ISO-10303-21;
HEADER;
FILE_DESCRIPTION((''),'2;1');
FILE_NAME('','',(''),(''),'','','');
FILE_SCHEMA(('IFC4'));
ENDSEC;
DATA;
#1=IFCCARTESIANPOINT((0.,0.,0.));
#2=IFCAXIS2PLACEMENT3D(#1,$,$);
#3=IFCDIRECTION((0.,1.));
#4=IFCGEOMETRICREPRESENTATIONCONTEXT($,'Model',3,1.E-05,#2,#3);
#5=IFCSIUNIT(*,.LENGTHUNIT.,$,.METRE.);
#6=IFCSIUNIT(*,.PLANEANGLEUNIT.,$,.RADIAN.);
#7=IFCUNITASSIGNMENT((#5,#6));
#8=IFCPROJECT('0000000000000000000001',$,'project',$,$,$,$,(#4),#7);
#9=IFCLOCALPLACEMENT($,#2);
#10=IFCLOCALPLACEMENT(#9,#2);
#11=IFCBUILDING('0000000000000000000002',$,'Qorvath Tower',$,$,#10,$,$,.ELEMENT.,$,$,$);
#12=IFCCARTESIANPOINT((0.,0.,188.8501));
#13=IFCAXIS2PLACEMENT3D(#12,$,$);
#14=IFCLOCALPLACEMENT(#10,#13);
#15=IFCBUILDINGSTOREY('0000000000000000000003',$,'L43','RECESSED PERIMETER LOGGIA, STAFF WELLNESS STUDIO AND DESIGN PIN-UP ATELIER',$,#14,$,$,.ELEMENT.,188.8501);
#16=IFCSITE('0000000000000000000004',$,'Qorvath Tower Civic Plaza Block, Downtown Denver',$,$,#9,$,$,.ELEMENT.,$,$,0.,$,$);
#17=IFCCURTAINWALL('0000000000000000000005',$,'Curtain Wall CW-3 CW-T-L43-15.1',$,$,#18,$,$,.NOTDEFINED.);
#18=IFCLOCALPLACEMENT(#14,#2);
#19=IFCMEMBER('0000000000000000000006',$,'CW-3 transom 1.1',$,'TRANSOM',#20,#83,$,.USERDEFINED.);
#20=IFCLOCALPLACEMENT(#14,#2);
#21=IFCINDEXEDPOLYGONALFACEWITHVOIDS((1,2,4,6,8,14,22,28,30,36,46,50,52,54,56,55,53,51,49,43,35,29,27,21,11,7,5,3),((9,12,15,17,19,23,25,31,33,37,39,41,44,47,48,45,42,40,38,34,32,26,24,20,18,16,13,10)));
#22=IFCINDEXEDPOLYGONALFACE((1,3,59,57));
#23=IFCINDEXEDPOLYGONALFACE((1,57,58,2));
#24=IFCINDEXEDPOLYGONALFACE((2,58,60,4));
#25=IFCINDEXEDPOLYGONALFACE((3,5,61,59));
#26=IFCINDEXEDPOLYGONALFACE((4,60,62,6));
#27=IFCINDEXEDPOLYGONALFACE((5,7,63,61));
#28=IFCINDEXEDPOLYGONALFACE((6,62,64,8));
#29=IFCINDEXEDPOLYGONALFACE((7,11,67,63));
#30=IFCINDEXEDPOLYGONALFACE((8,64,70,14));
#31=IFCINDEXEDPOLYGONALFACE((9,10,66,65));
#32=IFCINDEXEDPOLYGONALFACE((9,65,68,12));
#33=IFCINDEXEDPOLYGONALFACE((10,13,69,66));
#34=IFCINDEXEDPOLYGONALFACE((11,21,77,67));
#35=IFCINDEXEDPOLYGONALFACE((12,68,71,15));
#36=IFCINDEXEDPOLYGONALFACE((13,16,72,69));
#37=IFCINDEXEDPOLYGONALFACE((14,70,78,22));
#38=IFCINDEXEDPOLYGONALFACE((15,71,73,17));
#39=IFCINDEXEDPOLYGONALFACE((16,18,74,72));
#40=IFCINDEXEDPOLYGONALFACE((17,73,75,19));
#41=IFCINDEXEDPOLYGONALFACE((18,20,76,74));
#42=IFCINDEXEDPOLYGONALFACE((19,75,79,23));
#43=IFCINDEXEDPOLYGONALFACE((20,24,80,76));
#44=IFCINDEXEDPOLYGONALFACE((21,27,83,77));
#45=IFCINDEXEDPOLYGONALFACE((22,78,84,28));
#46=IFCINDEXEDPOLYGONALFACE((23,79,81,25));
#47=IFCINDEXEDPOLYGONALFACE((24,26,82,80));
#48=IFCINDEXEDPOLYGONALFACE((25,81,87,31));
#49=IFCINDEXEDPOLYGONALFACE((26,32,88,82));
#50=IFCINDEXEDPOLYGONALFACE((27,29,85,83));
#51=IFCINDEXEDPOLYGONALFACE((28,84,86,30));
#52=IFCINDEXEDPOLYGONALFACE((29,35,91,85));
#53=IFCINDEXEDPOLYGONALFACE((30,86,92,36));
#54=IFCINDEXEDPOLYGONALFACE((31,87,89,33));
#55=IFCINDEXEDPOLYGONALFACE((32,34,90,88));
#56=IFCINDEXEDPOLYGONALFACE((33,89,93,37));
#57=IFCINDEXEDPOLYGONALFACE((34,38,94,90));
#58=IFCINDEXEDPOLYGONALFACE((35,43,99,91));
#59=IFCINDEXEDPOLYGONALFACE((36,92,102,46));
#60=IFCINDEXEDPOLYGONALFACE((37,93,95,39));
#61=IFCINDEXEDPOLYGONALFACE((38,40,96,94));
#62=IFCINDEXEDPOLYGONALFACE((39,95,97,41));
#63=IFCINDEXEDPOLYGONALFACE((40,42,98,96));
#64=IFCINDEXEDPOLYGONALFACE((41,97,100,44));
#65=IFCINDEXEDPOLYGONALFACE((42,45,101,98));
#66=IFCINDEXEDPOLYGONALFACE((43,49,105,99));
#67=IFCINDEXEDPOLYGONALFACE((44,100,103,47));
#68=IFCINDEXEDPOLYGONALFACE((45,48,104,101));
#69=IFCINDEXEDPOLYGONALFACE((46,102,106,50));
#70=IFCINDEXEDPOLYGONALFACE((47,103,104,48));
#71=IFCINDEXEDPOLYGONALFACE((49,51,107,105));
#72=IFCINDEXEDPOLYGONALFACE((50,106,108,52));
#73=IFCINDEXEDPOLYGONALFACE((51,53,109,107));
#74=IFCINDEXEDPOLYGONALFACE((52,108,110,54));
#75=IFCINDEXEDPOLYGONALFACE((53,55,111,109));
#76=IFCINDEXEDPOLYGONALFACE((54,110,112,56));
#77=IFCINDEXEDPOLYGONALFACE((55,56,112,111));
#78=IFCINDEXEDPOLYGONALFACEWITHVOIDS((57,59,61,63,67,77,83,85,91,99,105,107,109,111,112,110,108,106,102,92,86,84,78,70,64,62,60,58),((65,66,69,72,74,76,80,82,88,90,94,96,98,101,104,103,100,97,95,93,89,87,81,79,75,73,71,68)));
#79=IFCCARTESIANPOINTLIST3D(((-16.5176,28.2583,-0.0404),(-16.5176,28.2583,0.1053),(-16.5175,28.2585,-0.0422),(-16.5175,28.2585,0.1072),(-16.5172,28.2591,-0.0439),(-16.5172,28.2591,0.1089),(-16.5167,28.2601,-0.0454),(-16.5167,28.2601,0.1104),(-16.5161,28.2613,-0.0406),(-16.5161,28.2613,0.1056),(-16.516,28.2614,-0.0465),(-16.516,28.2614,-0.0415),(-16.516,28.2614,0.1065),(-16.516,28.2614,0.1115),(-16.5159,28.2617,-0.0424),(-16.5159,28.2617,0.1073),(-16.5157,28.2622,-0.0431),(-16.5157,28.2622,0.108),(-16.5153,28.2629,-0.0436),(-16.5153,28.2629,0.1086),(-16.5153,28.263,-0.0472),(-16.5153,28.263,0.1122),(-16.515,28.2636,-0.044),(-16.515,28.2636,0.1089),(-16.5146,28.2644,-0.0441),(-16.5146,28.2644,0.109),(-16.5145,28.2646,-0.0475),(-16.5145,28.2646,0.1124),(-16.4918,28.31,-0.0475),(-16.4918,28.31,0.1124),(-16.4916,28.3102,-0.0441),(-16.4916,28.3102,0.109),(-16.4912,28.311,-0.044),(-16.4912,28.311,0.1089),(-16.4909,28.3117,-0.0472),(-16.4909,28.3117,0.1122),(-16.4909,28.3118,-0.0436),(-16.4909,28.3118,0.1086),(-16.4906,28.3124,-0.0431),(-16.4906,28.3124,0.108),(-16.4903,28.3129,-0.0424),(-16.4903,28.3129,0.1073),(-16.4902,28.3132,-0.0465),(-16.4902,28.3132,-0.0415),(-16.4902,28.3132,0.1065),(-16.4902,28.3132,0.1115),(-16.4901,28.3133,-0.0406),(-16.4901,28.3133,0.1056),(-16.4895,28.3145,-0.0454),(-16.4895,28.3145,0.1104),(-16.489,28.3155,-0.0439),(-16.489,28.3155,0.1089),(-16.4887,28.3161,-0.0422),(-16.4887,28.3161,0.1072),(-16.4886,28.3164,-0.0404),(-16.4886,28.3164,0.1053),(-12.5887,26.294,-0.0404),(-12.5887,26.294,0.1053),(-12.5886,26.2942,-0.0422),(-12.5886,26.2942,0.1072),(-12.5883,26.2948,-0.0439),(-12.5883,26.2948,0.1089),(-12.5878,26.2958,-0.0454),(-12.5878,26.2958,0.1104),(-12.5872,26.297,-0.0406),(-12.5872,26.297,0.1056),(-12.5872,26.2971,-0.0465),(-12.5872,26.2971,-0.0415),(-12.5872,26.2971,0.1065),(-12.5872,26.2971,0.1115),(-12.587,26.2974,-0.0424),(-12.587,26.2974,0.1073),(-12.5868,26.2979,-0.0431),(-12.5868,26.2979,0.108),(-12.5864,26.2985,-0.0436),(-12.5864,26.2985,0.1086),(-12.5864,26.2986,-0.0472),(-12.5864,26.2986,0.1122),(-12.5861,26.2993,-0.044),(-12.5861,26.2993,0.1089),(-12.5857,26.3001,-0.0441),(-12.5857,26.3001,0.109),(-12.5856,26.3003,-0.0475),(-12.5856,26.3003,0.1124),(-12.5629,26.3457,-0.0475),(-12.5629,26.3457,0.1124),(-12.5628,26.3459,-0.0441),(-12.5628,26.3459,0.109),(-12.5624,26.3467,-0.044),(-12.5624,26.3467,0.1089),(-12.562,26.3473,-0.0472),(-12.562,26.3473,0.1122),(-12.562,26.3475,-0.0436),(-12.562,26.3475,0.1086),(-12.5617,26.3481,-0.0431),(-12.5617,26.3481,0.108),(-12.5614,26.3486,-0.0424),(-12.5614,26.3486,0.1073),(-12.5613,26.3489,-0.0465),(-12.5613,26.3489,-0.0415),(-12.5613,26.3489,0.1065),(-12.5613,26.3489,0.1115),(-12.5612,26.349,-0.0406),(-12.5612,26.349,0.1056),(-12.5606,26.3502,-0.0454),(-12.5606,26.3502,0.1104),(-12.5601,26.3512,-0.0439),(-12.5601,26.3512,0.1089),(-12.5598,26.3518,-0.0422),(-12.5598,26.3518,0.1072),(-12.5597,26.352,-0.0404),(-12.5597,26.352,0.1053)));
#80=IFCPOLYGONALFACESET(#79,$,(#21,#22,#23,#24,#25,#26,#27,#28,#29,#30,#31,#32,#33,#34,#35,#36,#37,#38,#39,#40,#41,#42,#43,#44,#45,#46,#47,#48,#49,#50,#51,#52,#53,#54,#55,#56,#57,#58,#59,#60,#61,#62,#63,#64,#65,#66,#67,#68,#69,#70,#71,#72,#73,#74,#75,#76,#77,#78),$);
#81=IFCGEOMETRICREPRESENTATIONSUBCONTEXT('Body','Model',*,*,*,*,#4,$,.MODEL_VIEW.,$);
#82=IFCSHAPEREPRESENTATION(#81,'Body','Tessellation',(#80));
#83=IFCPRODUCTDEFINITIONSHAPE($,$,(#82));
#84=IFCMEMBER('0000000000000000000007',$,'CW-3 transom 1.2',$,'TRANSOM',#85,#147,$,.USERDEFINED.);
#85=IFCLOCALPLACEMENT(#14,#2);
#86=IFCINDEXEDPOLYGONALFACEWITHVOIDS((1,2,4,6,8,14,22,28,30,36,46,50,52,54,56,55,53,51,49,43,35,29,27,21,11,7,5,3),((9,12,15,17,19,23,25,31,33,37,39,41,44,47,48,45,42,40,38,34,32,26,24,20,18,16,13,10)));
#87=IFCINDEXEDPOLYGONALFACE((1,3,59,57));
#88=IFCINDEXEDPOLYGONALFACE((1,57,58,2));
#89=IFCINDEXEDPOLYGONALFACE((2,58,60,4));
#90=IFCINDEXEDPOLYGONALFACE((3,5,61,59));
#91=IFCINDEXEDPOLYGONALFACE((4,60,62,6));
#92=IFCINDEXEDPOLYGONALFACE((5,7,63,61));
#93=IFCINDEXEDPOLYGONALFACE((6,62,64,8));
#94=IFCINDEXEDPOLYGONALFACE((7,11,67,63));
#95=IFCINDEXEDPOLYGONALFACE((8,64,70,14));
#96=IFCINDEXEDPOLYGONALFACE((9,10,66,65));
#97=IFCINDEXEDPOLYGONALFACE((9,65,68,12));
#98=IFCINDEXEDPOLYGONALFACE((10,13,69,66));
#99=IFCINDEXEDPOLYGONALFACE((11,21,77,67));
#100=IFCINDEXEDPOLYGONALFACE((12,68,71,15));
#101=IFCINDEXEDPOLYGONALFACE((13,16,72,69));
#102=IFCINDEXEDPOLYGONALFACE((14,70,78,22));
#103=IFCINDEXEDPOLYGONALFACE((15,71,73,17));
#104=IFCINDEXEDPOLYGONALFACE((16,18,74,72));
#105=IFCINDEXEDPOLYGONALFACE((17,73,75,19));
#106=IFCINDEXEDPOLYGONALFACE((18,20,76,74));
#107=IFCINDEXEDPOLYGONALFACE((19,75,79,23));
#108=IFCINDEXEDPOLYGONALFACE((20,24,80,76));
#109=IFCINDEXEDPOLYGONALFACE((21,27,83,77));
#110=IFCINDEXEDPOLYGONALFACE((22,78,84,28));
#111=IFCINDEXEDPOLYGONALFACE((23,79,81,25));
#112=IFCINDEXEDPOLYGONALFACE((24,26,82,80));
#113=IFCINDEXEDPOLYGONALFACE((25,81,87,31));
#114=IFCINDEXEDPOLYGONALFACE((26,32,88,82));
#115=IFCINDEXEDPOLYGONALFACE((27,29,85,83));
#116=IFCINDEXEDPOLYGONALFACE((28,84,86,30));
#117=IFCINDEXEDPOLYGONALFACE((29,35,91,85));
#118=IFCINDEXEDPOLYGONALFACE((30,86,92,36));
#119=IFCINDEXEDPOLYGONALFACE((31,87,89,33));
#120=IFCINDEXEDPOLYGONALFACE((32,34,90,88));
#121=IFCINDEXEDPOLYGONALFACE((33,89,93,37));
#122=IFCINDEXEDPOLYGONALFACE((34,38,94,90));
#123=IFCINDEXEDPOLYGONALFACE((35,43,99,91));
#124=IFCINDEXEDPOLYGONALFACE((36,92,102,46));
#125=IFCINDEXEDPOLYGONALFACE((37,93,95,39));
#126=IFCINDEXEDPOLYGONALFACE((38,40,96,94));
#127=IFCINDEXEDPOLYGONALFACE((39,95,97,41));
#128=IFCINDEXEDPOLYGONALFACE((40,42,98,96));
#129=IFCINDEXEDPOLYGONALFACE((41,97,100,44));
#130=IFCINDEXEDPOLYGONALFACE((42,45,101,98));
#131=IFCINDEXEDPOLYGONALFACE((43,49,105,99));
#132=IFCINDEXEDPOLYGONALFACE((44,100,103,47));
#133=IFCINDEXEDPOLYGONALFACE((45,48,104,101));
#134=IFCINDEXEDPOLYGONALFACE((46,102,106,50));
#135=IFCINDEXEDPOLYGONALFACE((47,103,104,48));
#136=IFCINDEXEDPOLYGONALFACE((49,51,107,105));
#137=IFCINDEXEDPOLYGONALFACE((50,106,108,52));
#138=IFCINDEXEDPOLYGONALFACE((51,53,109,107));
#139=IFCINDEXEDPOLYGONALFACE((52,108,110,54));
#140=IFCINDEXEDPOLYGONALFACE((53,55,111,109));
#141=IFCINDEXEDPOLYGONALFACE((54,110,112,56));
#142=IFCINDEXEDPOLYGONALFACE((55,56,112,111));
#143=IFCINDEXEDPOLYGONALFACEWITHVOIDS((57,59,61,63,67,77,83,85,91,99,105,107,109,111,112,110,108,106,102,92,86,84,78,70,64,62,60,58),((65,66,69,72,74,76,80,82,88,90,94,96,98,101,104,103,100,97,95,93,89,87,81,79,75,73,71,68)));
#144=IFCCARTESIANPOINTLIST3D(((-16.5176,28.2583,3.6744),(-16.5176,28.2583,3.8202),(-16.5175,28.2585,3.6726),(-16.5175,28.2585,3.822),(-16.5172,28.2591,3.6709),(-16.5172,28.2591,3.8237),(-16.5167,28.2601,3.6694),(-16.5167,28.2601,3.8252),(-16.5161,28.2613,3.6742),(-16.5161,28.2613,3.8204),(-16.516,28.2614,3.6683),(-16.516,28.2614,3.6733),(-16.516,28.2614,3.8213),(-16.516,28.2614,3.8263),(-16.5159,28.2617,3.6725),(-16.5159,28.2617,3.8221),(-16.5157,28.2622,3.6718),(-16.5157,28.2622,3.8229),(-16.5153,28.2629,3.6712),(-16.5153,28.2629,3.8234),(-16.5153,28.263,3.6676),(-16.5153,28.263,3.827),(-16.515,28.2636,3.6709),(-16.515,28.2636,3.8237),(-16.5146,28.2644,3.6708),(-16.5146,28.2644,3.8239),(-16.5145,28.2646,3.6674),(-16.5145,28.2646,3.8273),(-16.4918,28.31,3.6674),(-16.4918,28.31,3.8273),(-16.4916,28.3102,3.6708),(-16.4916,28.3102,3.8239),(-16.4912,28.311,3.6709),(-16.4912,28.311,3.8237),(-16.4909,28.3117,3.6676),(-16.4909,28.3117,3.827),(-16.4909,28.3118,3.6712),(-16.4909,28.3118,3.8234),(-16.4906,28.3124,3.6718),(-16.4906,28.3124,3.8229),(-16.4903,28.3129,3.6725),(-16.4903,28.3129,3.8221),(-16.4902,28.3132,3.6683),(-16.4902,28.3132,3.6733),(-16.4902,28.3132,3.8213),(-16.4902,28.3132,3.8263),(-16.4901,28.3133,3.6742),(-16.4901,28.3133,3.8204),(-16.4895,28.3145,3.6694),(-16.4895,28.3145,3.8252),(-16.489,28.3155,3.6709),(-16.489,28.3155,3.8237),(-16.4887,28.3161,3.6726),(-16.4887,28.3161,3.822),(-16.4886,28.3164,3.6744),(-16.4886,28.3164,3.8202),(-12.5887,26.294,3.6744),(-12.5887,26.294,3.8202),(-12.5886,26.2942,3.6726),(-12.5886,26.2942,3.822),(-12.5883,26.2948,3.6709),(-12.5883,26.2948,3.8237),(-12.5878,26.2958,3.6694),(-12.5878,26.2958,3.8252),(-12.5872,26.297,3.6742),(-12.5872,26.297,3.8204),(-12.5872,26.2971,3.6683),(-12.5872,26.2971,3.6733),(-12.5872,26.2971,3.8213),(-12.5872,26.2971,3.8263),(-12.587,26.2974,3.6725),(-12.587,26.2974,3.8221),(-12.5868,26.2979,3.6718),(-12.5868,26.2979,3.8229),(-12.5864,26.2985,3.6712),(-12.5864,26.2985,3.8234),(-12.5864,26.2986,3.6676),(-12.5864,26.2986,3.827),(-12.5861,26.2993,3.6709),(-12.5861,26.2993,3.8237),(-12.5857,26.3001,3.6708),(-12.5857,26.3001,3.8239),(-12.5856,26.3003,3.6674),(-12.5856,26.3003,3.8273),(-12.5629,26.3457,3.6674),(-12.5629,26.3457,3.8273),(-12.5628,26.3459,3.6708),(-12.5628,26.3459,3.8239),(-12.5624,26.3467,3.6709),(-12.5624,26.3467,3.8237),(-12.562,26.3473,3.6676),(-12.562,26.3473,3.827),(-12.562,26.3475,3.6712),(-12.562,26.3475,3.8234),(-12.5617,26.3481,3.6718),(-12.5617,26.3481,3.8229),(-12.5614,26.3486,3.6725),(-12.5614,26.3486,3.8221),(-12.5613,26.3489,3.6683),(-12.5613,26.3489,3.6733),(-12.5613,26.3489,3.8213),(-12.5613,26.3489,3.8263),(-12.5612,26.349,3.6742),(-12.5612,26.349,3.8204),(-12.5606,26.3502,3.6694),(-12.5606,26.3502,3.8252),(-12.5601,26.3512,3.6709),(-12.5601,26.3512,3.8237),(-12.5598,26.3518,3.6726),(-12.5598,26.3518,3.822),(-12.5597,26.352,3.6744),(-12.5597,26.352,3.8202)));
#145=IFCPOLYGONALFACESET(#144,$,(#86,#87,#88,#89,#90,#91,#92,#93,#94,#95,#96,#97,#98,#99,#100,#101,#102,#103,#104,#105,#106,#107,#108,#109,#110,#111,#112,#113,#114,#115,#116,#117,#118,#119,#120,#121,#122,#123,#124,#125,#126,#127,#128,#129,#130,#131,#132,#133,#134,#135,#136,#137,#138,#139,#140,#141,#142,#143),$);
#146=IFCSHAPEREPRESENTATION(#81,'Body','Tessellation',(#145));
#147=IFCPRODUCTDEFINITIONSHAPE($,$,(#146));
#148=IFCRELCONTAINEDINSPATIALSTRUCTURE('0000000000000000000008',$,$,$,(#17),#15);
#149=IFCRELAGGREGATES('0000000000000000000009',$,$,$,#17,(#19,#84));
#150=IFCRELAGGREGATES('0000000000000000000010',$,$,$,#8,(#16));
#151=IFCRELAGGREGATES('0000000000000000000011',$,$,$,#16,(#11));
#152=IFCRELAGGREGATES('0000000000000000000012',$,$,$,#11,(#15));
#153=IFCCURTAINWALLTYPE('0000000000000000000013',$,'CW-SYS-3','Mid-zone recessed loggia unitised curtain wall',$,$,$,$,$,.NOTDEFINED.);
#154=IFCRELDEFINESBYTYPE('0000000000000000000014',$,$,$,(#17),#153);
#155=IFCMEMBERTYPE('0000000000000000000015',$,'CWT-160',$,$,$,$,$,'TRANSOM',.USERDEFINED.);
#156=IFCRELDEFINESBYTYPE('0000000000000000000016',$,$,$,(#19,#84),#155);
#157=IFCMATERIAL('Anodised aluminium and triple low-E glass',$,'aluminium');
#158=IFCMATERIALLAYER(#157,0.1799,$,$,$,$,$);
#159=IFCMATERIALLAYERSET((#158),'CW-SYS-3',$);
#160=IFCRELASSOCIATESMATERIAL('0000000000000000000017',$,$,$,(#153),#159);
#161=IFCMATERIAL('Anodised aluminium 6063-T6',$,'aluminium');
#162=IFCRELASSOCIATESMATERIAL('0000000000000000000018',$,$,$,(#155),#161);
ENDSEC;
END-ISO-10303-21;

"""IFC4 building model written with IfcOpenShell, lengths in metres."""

from ifc_helpers import new_model, si_unit, direction, frame, origin, origin_2d, place, context, subcontext, project, spatial, hollow_rectangle, extrude, material, layer, layer_set, material_profile, profile_set, type_object, element, aggregate, save


model = new_model("IFC4")

# Units and contexts
model_context = context("Model", 3, precision=1e-05, world=origin(), true_north=direction((0.0, 1.0)))
body_context = subcontext(model_context, "Body", "Model", "MODEL_VIEW")
ifc_project = project(units=[si_unit("LENGTHUNIT", "METRE"), si_unit("PLANEANGLEUNIT", "RADIAN")], contexts=[model_context])

# Site, building, storey
site_placement = place(None, origin())
site = spatial("IfcSite", under=ifc_project, at=site_placement, Name="Qorvath Tower Civic Plaza Block, Downtown Denver", CompositionType="ELEMENT", RefElevation=0.0)
building_placement = place(site_placement, origin())
building = spatial("IfcBuilding", under=site, at=building_placement, Name="Qorvath Tower", CompositionType="ELEMENT")
storey_placement = place(building_placement, frame((0.0, 0.0, 188.8501)))
storey = spatial("IfcBuildingStorey", under=building, at=storey_placement, Name="L43", Description="RECESSED PERIMETER LOGGIA, STAFF WELLNESS STUDIO AND DESIGN PIN-UP ATELIER", CompositionType="ELEMENT", Elevation=188.8501)

# Shared definitions
ifc_material_1 = material(Name="Anodised aluminium and triple low-E glass", Category="aluminium")
ifc_layer_1 = layer(ifc_material_1, 0.1799)
ifc_layer_set_1 = layer_set([ifc_layer_1], Name="CW-SYS-3")
curtain_wall_type = type_object("IfcCurtainWallType", Name="CW-SYS-3", Description="Mid-zone recessed loggia unitised curtain wall", PredefinedType="NOTDEFINED", material=ifc_layer_set_1)

# Curtain wall
curtain_wall_1_placement = place(storey_placement, origin())
curtain_wall_1 = element("IfcCurtainWall", 1, at=curtain_wall_1_placement, inside=storey, type_object=curtain_wall_type, Name="Curtain Wall CW-3 CW-T-L43-15.1", PredefinedType="NOTDEFINED")

# Members
ifc_material_2 = material(Name="Anodised aluminium 6063-T6", Category="aluminium")
ifc_material_profile_1 = material_profile(ifc_material_2, hollow_rectangle(XDim=0.0649, YDim=0.1599, WallThickness=0.0034, InnerFilletRadius=0.0034, OuterFilletRadius=0.0071, at=origin_2d()), Name="CWT 160x65")
ifc_profile_set_1 = profile_set([ifc_material_profile_1], Name="Anodised aluminium 6063-T6")
member_type_1 = type_object("IfcMemberType", Name="CWT-160", ElementType="TRANSOM", PredefinedType="USERDEFINED", material=ifc_profile_set_1)
member_1_placement = place(storey_placement, frame((-12.5742, 26.323, 0.0325), z_axis=(-0.894438, 0.447191, 0.0), x_axis=(-0.447191, -0.894438, 0.0)))
member_1 = element("IfcMember", 2, at=member_1_placement, type_object=member_type_1, Name="CW-3 transom 1.1", ObjectType="TRANSOM", PredefinedType="USERDEFINED", context=body_context, shape_type="SweptSolid", body=[
    extrude(hollow_rectangle(XDim=0.0649, YDim=0.1599, WallThickness=0.0034, InnerFilletRadius=0.0034, OuterFilletRadius=0.0071, at=origin_2d()), origin(), (0.0, 0.0, 1.0), 4.3926),
])
member_2_placement = place(storey_placement, frame((-12.5742, 26.323, 3.7473), z_axis=(-0.894438, 0.447191, 0.0), x_axis=(-0.447191, -0.894438, 0.0)))
member_2 = element("IfcMember", 3, at=member_2_placement, type_object=member_type_1, Name="CW-3 transom 1.2", ObjectType="TRANSOM", PredefinedType="USERDEFINED", context=body_context, shape_type="SweptSolid", body=[
    extrude(hollow_rectangle(XDim=0.0649, YDim=0.1599, WallThickness=0.0034, InnerFilletRadius=0.0034, OuterFilletRadius=0.0071, at=origin_2d()), origin(), (0.0, 0.0, 1.0), 4.3926),
])

aggregate(curtain_wall_1, [member_1, member_2])

save(model, "model.ifc")
